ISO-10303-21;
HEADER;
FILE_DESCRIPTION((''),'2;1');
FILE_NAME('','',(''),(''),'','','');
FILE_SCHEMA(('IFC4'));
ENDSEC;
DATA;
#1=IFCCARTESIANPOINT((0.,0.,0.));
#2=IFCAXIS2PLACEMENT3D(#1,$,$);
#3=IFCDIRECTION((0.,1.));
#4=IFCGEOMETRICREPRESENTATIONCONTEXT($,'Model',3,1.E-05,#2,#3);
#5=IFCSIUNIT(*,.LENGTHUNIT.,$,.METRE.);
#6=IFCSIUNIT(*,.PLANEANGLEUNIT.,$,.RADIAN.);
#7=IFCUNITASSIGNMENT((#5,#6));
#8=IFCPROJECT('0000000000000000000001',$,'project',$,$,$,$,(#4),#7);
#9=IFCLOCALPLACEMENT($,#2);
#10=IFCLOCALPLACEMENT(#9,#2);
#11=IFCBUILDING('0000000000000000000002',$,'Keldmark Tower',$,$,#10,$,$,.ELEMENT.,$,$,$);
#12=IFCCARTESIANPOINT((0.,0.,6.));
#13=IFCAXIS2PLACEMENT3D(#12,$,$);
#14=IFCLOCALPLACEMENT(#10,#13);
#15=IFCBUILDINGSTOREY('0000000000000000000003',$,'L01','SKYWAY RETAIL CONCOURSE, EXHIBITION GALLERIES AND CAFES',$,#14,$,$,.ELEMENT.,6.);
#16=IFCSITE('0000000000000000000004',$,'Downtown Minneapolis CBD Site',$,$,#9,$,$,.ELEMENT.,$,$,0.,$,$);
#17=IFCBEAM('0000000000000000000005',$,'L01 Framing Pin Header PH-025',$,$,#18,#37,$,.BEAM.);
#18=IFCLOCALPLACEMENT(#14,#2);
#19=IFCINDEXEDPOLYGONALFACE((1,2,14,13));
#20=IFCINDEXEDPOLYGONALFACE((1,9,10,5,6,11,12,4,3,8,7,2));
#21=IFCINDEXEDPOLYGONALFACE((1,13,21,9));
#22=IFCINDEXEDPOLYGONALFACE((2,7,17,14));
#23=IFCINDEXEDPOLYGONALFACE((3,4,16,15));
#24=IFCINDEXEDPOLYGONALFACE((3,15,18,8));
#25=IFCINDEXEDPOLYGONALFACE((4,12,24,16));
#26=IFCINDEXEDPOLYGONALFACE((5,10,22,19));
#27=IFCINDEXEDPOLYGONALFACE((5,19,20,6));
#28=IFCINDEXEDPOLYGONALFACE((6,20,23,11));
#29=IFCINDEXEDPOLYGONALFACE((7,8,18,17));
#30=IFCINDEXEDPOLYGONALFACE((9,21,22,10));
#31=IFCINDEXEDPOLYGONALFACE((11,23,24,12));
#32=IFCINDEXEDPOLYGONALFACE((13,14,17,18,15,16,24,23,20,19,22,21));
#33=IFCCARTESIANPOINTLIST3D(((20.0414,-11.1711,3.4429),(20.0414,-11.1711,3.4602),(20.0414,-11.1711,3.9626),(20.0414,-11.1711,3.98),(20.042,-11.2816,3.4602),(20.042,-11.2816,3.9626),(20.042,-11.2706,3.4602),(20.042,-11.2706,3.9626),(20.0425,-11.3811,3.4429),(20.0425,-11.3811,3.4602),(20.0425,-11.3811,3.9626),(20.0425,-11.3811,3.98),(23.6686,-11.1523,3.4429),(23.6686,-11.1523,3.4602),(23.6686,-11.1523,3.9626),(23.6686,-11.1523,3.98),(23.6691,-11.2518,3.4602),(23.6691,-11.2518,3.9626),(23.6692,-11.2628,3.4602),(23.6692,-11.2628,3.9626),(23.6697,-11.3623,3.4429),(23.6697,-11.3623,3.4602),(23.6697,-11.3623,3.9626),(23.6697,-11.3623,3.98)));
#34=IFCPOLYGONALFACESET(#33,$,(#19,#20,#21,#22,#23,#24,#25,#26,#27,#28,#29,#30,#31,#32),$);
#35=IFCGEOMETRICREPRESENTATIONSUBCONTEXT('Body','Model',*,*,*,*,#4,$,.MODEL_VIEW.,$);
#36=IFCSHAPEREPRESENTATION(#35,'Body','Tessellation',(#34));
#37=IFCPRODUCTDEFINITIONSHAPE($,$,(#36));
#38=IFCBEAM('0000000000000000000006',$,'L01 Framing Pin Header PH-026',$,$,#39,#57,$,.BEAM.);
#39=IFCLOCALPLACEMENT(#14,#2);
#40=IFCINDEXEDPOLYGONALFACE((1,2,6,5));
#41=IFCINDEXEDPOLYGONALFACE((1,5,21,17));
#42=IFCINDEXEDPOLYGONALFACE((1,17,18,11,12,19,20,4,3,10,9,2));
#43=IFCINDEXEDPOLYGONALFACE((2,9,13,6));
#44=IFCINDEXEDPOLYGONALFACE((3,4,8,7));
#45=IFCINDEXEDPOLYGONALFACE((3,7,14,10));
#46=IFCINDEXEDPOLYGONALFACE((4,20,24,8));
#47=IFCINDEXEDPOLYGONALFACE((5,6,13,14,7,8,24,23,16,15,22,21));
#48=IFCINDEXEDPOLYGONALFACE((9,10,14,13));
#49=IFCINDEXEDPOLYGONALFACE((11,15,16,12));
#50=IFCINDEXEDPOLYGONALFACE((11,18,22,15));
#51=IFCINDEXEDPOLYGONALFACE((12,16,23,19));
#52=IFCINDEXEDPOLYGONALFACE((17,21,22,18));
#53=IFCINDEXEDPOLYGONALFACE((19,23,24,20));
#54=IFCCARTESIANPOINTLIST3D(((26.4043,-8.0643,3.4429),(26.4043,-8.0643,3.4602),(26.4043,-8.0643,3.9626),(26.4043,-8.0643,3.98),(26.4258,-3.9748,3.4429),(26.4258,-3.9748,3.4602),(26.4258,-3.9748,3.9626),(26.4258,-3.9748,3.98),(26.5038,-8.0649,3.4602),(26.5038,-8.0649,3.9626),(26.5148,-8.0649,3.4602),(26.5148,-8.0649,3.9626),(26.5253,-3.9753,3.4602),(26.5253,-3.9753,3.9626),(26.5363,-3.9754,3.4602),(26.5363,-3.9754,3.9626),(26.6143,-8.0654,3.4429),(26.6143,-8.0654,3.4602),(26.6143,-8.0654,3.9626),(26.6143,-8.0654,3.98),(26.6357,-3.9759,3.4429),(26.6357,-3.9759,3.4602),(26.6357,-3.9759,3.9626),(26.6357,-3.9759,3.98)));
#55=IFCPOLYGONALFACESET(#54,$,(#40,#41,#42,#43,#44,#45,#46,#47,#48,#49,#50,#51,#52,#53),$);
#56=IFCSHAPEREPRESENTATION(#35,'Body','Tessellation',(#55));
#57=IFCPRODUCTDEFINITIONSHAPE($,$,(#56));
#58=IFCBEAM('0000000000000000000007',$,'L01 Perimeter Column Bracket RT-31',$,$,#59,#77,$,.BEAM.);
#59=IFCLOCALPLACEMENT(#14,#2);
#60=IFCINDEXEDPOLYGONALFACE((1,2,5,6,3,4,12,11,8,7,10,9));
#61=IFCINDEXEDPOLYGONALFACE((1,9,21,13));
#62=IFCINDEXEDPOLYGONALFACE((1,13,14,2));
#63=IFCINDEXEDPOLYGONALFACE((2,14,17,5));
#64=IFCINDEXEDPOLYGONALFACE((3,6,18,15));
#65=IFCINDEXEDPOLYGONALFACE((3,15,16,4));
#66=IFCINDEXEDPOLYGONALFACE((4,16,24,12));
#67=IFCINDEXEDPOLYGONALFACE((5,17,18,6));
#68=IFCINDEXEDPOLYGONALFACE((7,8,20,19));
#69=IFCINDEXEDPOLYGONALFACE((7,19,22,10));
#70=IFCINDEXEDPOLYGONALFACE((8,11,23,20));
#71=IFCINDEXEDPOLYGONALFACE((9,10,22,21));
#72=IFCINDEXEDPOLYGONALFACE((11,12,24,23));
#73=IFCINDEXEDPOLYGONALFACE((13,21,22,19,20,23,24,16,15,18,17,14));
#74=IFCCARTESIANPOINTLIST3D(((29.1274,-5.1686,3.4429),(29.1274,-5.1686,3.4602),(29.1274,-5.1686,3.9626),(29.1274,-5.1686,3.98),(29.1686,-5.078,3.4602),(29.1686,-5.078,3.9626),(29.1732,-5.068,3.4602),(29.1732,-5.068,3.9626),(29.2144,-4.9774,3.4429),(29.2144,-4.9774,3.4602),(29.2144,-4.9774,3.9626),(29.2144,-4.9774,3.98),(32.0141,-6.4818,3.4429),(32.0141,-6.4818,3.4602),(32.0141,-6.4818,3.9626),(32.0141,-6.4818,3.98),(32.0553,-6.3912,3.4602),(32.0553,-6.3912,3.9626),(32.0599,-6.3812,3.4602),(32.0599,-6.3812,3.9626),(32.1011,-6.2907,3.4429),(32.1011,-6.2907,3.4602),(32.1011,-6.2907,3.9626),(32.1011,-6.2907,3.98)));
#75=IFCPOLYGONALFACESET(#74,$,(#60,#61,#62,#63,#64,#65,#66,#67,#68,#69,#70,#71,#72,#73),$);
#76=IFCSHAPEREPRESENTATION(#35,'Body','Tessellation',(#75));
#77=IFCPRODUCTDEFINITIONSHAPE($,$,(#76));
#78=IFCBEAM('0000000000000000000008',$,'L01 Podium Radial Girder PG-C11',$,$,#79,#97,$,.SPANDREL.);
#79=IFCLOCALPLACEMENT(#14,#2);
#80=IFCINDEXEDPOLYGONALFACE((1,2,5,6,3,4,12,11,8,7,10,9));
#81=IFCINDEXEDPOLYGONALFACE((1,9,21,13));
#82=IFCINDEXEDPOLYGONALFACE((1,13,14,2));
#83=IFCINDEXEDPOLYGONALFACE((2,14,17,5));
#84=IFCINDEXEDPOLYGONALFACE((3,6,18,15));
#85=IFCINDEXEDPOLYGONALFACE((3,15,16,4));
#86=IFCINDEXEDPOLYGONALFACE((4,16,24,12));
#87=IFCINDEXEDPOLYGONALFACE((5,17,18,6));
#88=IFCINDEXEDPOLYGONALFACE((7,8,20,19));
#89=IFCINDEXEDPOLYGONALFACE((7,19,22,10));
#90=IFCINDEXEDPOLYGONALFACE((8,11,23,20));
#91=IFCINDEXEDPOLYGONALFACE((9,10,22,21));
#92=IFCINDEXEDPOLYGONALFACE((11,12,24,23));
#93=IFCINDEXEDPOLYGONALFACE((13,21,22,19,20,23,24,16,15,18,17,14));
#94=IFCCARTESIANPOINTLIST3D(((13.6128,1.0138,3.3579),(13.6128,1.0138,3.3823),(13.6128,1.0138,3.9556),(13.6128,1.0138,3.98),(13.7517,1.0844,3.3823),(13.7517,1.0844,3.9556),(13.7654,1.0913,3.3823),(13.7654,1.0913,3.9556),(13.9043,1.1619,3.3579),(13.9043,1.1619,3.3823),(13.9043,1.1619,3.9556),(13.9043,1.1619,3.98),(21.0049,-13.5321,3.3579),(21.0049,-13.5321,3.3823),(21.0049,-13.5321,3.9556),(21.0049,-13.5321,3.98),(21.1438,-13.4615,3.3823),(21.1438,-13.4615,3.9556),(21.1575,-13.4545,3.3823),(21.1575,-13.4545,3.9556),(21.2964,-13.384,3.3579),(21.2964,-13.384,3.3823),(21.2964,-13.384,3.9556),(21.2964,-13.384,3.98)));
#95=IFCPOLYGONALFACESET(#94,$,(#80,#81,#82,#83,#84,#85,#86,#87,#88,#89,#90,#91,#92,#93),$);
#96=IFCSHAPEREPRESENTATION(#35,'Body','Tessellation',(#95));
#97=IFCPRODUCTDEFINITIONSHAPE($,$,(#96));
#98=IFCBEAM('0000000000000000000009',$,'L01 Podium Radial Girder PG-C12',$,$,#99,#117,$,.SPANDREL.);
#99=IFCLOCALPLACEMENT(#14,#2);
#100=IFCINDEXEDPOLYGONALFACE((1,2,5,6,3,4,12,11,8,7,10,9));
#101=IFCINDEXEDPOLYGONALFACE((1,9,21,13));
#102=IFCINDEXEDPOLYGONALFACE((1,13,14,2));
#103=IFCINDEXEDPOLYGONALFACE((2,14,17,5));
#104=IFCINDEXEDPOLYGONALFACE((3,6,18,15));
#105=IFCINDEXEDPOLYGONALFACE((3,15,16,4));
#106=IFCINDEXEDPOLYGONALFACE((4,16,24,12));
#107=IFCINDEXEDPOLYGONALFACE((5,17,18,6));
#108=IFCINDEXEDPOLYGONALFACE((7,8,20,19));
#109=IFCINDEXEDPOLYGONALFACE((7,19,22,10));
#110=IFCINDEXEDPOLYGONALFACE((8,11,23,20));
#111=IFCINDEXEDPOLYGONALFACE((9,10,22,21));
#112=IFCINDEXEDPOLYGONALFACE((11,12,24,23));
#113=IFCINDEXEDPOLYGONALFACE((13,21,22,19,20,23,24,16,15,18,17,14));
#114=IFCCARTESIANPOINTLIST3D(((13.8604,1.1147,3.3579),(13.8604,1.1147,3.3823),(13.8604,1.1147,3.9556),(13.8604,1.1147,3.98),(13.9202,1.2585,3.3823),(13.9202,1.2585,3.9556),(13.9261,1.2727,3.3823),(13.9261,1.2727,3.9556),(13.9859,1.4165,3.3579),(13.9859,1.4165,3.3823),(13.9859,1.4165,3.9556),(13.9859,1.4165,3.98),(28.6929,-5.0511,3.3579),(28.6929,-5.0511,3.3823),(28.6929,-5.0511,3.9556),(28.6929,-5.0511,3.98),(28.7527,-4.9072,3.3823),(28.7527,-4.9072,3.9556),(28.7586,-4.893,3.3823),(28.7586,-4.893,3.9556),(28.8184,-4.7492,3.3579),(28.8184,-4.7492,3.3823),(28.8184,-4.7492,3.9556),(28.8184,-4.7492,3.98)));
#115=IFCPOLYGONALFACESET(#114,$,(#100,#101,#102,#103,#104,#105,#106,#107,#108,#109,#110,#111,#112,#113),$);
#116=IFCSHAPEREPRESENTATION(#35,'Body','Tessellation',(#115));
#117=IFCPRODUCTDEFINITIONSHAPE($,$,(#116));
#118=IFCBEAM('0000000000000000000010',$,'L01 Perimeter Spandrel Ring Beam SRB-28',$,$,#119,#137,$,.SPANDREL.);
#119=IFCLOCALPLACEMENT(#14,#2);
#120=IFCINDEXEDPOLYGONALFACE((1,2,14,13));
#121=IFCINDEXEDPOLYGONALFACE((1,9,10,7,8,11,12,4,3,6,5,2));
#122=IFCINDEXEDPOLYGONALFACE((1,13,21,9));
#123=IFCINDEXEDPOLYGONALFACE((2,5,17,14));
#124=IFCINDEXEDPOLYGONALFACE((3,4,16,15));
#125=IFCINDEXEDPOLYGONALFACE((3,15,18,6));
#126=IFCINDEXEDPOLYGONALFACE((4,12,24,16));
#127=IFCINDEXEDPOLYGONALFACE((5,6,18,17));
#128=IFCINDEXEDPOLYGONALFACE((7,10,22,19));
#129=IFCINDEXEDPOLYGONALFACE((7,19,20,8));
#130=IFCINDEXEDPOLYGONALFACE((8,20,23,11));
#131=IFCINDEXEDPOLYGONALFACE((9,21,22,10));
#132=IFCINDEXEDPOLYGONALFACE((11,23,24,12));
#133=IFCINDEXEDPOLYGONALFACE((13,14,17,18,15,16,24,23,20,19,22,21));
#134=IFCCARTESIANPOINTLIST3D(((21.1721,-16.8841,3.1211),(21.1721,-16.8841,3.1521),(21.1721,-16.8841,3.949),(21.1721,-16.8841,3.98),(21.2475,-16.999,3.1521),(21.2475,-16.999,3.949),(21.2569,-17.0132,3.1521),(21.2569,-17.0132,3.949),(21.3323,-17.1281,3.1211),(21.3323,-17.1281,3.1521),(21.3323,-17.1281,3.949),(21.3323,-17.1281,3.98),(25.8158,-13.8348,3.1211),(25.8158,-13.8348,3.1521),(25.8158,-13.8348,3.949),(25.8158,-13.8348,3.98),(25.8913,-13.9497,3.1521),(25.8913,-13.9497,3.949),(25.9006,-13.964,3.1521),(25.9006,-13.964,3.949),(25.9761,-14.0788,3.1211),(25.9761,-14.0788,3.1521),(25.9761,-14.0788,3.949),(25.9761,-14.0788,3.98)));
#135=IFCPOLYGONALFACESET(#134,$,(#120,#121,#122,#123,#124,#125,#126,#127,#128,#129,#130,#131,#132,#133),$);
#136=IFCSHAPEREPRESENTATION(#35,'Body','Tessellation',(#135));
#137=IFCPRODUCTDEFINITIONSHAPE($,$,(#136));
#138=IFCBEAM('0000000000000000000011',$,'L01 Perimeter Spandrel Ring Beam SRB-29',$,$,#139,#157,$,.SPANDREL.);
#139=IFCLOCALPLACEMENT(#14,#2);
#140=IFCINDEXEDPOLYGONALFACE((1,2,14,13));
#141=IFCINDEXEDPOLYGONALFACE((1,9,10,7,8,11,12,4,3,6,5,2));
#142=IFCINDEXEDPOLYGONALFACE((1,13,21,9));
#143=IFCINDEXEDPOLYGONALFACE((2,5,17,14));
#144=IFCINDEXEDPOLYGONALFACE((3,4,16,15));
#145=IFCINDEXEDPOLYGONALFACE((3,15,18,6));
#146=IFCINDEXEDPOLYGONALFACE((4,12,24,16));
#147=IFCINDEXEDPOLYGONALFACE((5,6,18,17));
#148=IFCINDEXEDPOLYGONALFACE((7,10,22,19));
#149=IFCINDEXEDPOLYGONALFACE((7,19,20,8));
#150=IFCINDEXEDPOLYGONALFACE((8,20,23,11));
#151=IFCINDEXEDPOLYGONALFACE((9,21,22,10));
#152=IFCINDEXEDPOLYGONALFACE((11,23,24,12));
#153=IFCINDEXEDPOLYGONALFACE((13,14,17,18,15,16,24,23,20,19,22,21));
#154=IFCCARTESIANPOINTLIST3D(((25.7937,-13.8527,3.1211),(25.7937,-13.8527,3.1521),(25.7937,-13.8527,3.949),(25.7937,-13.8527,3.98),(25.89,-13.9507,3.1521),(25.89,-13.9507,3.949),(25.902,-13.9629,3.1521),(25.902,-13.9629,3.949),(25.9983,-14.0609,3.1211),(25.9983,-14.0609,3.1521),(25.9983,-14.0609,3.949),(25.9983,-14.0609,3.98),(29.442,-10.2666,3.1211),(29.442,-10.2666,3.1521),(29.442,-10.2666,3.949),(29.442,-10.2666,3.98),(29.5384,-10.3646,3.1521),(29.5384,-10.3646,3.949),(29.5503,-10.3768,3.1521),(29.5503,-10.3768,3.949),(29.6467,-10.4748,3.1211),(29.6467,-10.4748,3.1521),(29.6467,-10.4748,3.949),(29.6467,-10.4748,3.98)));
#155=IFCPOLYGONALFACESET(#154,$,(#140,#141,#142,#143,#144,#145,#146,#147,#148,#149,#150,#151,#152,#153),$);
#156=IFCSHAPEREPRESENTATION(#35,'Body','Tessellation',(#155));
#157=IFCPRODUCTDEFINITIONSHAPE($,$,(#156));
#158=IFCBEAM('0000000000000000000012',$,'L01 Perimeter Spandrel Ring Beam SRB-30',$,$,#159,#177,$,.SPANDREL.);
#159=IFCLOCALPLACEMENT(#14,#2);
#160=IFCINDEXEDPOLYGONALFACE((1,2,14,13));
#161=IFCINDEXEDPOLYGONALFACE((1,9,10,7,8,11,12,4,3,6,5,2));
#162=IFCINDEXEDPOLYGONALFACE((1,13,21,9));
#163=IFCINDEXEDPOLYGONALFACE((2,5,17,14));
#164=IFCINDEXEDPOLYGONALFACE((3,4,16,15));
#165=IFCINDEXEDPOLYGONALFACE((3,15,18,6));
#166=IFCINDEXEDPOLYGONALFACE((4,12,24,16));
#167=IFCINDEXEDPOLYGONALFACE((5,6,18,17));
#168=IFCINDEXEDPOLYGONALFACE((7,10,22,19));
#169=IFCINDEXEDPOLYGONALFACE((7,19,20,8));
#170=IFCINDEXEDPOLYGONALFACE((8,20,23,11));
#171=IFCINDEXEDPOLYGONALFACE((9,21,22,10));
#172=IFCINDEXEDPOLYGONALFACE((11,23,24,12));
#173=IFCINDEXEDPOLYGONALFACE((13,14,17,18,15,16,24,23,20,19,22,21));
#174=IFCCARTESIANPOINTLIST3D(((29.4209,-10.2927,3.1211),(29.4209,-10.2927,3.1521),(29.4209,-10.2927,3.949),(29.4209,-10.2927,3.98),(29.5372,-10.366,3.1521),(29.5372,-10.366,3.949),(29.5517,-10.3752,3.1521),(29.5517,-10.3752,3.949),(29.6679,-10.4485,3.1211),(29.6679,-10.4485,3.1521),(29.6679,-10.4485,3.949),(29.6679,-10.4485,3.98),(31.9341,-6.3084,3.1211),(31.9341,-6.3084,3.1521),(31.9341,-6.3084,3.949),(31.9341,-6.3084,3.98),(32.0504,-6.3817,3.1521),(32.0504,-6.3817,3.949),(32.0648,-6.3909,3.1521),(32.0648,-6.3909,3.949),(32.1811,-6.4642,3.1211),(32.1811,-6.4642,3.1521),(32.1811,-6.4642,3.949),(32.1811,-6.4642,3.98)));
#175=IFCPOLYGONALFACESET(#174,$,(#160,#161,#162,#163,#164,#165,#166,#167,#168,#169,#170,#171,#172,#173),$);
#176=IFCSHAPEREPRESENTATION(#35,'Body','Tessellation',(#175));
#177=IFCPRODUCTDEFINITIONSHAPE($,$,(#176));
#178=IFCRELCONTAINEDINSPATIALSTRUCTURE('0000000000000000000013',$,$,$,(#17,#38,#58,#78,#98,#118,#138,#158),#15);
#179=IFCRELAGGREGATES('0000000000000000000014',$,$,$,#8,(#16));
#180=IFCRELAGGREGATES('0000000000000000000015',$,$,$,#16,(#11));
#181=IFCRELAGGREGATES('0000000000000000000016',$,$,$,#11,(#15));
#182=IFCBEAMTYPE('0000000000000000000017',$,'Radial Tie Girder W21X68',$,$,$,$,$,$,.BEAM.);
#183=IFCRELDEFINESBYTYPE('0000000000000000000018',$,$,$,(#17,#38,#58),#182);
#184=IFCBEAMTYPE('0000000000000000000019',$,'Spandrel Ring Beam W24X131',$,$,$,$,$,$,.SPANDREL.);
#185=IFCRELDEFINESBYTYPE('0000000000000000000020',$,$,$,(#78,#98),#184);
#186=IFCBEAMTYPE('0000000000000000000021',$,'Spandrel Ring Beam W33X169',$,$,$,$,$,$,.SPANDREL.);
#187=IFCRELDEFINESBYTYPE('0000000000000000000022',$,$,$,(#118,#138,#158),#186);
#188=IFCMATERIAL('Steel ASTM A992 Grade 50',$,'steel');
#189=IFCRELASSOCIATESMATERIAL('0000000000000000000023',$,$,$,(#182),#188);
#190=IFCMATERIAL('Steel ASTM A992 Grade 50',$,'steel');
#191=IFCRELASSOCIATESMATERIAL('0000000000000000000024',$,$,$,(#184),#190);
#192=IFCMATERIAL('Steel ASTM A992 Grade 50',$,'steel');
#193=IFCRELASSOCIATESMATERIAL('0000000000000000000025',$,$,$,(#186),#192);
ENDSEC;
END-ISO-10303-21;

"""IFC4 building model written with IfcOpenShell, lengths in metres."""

from ifc_helpers import new_model, si_unit, direction, frame, origin, origin_2d, place, context, subcontext, project, spatial, i_section, extrude, material, material_profile, profile_set, type_object, element, save


model = new_model("IFC4")

# Units and contexts
model_context = context("Model", 3, precision=1e-05, world=origin(), true_north=direction((0.0, 1.0)))
body_context = subcontext(model_context, "Body", "Model", "MODEL_VIEW")
ifc_project = project(units=[si_unit("LENGTHUNIT", "METRE"), si_unit("PLANEANGLEUNIT", "RADIAN")], contexts=[model_context])

# Site, building, storey
site_placement = place(None, origin())
site = spatial("IfcSite", under=ifc_project, at=site_placement, Name="Downtown Minneapolis CBD Site", CompositionType="ELEMENT", RefElevation=0.0)
building_placement = place(site_placement, origin())
building = spatial("IfcBuilding", under=site, at=building_placement, Name="Keldmark Tower", CompositionType="ELEMENT")
storey_placement = place(building_placement, frame((0.0, 0.0, 6.0)))
storey = spatial("IfcBuildingStorey", under=building, at=storey_placement, Name="L01", Description="SKYWAY RETAIL CONCOURSE, EXHIBITION GALLERIES AND CAFES", CompositionType="ELEMENT", Elevation=6.0)

# Beams
ifc_material_1 = material(Name="Steel ASTM A992 Grade 50", Category="steel")
ifc_material_profile_1 = material_profile(ifc_material_1, i_section(OverallWidth=0.21, OverallDepth=0.5371, WebThickness=0.011, FlangeThickness=0.0173, at=origin_2d()), Name="W21X68")
ifc_profile_set_1 = profile_set([ifc_material_profile_1], Name="Steel ASTM A992 Grade 50")
beam_type_1 = type_object("IfcBeamType", Name="Radial Tie Girder W21X68", PredefinedType="BEAM", material=ifc_profile_set_1)
beam_1_placement = place(storey_placement, frame((20.042, -11.2761, 3.7114), z_axis=(0.999987, 0.005183, 0.0), x_axis=(-0.005183, 0.999987, 0.0)))
element("IfcBeam", 1, at=beam_1_placement, inside=storey, type_object=beam_type_1, Name="L01 Framing Pin Header PH-025", PredefinedType="BEAM", context=body_context, shape_type="SweptSolid", body=[
    extrude(i_section(OverallWidth=0.21, OverallDepth=0.5371, WebThickness=0.011, FlangeThickness=0.0173, at=origin_2d()), origin(), (0.0, 0.0, 1.0), 3.6272),
])
beam_2_placement = place(storey_placement, frame((26.5308, -3.9753, 3.7114), z_axis=(-0.005253, -0.999986, 0.0), x_axis=(0.999986, -0.005253, 0.0)))
element("IfcBeam", 2, at=beam_2_placement, inside=storey, type_object=beam_type_1, Name="L01 Framing Pin Header PH-026", PredefinedType="BEAM", context=body_context, shape_type="SweptSolid", body=[
    extrude(i_section(OverallWidth=0.21, OverallDepth=0.5371, WebThickness=0.011, FlangeThickness=0.0173, at=origin_2d()), origin(), (0.0, 0.0, 1.0), 4.0896),
])
beam_3_placement = place(storey_placement, frame((29.1709, -5.073, 3.7114), z_axis=(0.910237, -0.414087, 0.0), x_axis=(0.414087, 0.910237, 0.0)))
element("IfcBeam", 3, at=beam_3_placement, inside=storey, type_object=beam_type_1, Name="L01 Perimeter Column Bracket RT-31", PredefinedType="BEAM", context=body_context, shape_type="SweptSolid", body=[
    extrude(i_section(OverallWidth=0.21, OverallDepth=0.5371, WebThickness=0.011, FlangeThickness=0.0173, at=origin_2d()), origin(), (0.0, 0.0, 1.0), 3.1714),
])
ifc_material_2 = material(Name="Steel ASTM A992 Grade 50", Category="steel")
ifc_material_profile_2 = material_profile(ifc_material_2, i_section(OverallWidth=0.3269, OverallDepth=0.6221, WebThickness=0.0154, FlangeThickness=0.0244, at=origin_2d()), Name="W24X131")
ifc_profile_set_2 = profile_set([ifc_material_profile_2], Name="Steel ASTM A992 Grade 50")
beam_type_2 = type_object("IfcBeamType", Name="Spandrel Ring Beam W24X131", PredefinedType="SPANDREL", material=ifc_profile_set_2)
beam_4_placement = place(storey_placement, frame((21.1506, -13.458, 3.6689), z_axis=(-0.453046, 0.891487, 0.0), x_axis=(-0.891487, -0.453046, 0.0)))
element("IfcBeam", 4, at=beam_4_placement, inside=storey, type_object=beam_type_2, Name="L01 Podium Radial Girder PG-C11", PredefinedType="SPANDREL", context=body_context, shape_type="SweptSolid", body=[
    extrude(i_section(OverallWidth=0.3269, OverallDepth=0.6221, WebThickness=0.0154, FlangeThickness=0.0244, at=origin_2d()), origin(), (0.0, 0.0, 1.0), 16.3164),
])
beam_5_placement = place(storey_placement, frame((28.7556, -4.9001, 3.6689), z_axis=(-0.923396, 0.383849, 0.0), x_axis=(-0.383849, -0.923396, 0.0)))
element("IfcBeam", 5, at=beam_5_placement, inside=storey, type_object=beam_type_2, Name="L01 Podium Radial Girder PG-C12", PredefinedType="SPANDREL", context=body_context, shape_type="SweptSolid", body=[
    extrude(i_section(OverallWidth=0.3269, OverallDepth=0.6221, WebThickness=0.0154, FlangeThickness=0.0244, at=origin_2d()), origin(), (0.0, 0.0, 1.0), 16.063),
])
ifc_material_3 = material(Name="Steel ASTM A992 Grade 50", Category="steel")
ifc_material_profile_3 = material_profile(ifc_material_3, i_section(OverallWidth=0.292, OverallDepth=0.8589, WebThickness=0.0171, FlangeThickness=0.031, at=origin_2d()), Name="W33X169")
ifc_profile_set_3 = profile_set([ifc_material_profile_3], Name="Steel ASTM A992 Grade 50")
beam_type_3 = type_object("IfcBeamType", Name="Spandrel Ring Beam W33X169", PredefinedType="SPANDREL", material=ifc_profile_set_3)
beam_6_placement = place(storey_placement, frame((21.2522, -17.0061, 3.5505), z_axis=(0.835897, 0.548886, 0.0), x_axis=(-0.548886, 0.835897, 0.0)))
element("IfcBeam", 6, at=beam_6_placement, inside=storey, type_object=beam_type_3, Name="L01 Perimeter Spandrel Ring Beam SRB-28", PredefinedType="SPANDREL", context=body_context, shape_type="SweptSolid", body=[
    extrude(i_section(OverallWidth=0.292, OverallDepth=0.8589, WebThickness=0.0171, FlangeThickness=0.031, at=origin_2d()), origin(), (0.0, 0.0, 1.0), 5.5554),
])
beam_7_placement = place(storey_placement, frame((25.896, -13.9568, 3.5505), z_axis=(0.713165, 0.700996, 0.0), x_axis=(-0.700996, 0.713165, 0.0)))
element("IfcBeam", 7, at=beam_7_placement, inside=storey, type_object=beam_type_3, Name="L01 Perimeter Spandrel Ring Beam SRB-29", PredefinedType="SPANDREL", context=body_context, shape_type="SweptSolid", body=[
    extrude(i_section(OverallWidth=0.292, OverallDepth=0.8589, WebThickness=0.0171, FlangeThickness=0.031, at=origin_2d()), origin(), (0.0, 0.0, 1.0), 5.1157),
])
beam_8_placement = place(storey_placement, frame((29.5444, -10.3706, 3.5505), z_axis=(0.533498, 0.845802, 0.0), x_axis=(-0.845802, 0.533498, 0.0)))
element("IfcBeam", 8, at=beam_8_placement, inside=storey, type_object=beam_type_3, Name="L01 Perimeter Spandrel Ring Beam SRB-30", PredefinedType="SPANDREL", context=body_context, shape_type="SweptSolid", body=[
    extrude(i_section(OverallWidth=0.292, OverallDepth=0.8589, WebThickness=0.0171, FlangeThickness=0.031, at=origin_2d()), origin(), (0.0, 0.0, 1.0), 4.7107),
])

save(model, "model.ifc")
